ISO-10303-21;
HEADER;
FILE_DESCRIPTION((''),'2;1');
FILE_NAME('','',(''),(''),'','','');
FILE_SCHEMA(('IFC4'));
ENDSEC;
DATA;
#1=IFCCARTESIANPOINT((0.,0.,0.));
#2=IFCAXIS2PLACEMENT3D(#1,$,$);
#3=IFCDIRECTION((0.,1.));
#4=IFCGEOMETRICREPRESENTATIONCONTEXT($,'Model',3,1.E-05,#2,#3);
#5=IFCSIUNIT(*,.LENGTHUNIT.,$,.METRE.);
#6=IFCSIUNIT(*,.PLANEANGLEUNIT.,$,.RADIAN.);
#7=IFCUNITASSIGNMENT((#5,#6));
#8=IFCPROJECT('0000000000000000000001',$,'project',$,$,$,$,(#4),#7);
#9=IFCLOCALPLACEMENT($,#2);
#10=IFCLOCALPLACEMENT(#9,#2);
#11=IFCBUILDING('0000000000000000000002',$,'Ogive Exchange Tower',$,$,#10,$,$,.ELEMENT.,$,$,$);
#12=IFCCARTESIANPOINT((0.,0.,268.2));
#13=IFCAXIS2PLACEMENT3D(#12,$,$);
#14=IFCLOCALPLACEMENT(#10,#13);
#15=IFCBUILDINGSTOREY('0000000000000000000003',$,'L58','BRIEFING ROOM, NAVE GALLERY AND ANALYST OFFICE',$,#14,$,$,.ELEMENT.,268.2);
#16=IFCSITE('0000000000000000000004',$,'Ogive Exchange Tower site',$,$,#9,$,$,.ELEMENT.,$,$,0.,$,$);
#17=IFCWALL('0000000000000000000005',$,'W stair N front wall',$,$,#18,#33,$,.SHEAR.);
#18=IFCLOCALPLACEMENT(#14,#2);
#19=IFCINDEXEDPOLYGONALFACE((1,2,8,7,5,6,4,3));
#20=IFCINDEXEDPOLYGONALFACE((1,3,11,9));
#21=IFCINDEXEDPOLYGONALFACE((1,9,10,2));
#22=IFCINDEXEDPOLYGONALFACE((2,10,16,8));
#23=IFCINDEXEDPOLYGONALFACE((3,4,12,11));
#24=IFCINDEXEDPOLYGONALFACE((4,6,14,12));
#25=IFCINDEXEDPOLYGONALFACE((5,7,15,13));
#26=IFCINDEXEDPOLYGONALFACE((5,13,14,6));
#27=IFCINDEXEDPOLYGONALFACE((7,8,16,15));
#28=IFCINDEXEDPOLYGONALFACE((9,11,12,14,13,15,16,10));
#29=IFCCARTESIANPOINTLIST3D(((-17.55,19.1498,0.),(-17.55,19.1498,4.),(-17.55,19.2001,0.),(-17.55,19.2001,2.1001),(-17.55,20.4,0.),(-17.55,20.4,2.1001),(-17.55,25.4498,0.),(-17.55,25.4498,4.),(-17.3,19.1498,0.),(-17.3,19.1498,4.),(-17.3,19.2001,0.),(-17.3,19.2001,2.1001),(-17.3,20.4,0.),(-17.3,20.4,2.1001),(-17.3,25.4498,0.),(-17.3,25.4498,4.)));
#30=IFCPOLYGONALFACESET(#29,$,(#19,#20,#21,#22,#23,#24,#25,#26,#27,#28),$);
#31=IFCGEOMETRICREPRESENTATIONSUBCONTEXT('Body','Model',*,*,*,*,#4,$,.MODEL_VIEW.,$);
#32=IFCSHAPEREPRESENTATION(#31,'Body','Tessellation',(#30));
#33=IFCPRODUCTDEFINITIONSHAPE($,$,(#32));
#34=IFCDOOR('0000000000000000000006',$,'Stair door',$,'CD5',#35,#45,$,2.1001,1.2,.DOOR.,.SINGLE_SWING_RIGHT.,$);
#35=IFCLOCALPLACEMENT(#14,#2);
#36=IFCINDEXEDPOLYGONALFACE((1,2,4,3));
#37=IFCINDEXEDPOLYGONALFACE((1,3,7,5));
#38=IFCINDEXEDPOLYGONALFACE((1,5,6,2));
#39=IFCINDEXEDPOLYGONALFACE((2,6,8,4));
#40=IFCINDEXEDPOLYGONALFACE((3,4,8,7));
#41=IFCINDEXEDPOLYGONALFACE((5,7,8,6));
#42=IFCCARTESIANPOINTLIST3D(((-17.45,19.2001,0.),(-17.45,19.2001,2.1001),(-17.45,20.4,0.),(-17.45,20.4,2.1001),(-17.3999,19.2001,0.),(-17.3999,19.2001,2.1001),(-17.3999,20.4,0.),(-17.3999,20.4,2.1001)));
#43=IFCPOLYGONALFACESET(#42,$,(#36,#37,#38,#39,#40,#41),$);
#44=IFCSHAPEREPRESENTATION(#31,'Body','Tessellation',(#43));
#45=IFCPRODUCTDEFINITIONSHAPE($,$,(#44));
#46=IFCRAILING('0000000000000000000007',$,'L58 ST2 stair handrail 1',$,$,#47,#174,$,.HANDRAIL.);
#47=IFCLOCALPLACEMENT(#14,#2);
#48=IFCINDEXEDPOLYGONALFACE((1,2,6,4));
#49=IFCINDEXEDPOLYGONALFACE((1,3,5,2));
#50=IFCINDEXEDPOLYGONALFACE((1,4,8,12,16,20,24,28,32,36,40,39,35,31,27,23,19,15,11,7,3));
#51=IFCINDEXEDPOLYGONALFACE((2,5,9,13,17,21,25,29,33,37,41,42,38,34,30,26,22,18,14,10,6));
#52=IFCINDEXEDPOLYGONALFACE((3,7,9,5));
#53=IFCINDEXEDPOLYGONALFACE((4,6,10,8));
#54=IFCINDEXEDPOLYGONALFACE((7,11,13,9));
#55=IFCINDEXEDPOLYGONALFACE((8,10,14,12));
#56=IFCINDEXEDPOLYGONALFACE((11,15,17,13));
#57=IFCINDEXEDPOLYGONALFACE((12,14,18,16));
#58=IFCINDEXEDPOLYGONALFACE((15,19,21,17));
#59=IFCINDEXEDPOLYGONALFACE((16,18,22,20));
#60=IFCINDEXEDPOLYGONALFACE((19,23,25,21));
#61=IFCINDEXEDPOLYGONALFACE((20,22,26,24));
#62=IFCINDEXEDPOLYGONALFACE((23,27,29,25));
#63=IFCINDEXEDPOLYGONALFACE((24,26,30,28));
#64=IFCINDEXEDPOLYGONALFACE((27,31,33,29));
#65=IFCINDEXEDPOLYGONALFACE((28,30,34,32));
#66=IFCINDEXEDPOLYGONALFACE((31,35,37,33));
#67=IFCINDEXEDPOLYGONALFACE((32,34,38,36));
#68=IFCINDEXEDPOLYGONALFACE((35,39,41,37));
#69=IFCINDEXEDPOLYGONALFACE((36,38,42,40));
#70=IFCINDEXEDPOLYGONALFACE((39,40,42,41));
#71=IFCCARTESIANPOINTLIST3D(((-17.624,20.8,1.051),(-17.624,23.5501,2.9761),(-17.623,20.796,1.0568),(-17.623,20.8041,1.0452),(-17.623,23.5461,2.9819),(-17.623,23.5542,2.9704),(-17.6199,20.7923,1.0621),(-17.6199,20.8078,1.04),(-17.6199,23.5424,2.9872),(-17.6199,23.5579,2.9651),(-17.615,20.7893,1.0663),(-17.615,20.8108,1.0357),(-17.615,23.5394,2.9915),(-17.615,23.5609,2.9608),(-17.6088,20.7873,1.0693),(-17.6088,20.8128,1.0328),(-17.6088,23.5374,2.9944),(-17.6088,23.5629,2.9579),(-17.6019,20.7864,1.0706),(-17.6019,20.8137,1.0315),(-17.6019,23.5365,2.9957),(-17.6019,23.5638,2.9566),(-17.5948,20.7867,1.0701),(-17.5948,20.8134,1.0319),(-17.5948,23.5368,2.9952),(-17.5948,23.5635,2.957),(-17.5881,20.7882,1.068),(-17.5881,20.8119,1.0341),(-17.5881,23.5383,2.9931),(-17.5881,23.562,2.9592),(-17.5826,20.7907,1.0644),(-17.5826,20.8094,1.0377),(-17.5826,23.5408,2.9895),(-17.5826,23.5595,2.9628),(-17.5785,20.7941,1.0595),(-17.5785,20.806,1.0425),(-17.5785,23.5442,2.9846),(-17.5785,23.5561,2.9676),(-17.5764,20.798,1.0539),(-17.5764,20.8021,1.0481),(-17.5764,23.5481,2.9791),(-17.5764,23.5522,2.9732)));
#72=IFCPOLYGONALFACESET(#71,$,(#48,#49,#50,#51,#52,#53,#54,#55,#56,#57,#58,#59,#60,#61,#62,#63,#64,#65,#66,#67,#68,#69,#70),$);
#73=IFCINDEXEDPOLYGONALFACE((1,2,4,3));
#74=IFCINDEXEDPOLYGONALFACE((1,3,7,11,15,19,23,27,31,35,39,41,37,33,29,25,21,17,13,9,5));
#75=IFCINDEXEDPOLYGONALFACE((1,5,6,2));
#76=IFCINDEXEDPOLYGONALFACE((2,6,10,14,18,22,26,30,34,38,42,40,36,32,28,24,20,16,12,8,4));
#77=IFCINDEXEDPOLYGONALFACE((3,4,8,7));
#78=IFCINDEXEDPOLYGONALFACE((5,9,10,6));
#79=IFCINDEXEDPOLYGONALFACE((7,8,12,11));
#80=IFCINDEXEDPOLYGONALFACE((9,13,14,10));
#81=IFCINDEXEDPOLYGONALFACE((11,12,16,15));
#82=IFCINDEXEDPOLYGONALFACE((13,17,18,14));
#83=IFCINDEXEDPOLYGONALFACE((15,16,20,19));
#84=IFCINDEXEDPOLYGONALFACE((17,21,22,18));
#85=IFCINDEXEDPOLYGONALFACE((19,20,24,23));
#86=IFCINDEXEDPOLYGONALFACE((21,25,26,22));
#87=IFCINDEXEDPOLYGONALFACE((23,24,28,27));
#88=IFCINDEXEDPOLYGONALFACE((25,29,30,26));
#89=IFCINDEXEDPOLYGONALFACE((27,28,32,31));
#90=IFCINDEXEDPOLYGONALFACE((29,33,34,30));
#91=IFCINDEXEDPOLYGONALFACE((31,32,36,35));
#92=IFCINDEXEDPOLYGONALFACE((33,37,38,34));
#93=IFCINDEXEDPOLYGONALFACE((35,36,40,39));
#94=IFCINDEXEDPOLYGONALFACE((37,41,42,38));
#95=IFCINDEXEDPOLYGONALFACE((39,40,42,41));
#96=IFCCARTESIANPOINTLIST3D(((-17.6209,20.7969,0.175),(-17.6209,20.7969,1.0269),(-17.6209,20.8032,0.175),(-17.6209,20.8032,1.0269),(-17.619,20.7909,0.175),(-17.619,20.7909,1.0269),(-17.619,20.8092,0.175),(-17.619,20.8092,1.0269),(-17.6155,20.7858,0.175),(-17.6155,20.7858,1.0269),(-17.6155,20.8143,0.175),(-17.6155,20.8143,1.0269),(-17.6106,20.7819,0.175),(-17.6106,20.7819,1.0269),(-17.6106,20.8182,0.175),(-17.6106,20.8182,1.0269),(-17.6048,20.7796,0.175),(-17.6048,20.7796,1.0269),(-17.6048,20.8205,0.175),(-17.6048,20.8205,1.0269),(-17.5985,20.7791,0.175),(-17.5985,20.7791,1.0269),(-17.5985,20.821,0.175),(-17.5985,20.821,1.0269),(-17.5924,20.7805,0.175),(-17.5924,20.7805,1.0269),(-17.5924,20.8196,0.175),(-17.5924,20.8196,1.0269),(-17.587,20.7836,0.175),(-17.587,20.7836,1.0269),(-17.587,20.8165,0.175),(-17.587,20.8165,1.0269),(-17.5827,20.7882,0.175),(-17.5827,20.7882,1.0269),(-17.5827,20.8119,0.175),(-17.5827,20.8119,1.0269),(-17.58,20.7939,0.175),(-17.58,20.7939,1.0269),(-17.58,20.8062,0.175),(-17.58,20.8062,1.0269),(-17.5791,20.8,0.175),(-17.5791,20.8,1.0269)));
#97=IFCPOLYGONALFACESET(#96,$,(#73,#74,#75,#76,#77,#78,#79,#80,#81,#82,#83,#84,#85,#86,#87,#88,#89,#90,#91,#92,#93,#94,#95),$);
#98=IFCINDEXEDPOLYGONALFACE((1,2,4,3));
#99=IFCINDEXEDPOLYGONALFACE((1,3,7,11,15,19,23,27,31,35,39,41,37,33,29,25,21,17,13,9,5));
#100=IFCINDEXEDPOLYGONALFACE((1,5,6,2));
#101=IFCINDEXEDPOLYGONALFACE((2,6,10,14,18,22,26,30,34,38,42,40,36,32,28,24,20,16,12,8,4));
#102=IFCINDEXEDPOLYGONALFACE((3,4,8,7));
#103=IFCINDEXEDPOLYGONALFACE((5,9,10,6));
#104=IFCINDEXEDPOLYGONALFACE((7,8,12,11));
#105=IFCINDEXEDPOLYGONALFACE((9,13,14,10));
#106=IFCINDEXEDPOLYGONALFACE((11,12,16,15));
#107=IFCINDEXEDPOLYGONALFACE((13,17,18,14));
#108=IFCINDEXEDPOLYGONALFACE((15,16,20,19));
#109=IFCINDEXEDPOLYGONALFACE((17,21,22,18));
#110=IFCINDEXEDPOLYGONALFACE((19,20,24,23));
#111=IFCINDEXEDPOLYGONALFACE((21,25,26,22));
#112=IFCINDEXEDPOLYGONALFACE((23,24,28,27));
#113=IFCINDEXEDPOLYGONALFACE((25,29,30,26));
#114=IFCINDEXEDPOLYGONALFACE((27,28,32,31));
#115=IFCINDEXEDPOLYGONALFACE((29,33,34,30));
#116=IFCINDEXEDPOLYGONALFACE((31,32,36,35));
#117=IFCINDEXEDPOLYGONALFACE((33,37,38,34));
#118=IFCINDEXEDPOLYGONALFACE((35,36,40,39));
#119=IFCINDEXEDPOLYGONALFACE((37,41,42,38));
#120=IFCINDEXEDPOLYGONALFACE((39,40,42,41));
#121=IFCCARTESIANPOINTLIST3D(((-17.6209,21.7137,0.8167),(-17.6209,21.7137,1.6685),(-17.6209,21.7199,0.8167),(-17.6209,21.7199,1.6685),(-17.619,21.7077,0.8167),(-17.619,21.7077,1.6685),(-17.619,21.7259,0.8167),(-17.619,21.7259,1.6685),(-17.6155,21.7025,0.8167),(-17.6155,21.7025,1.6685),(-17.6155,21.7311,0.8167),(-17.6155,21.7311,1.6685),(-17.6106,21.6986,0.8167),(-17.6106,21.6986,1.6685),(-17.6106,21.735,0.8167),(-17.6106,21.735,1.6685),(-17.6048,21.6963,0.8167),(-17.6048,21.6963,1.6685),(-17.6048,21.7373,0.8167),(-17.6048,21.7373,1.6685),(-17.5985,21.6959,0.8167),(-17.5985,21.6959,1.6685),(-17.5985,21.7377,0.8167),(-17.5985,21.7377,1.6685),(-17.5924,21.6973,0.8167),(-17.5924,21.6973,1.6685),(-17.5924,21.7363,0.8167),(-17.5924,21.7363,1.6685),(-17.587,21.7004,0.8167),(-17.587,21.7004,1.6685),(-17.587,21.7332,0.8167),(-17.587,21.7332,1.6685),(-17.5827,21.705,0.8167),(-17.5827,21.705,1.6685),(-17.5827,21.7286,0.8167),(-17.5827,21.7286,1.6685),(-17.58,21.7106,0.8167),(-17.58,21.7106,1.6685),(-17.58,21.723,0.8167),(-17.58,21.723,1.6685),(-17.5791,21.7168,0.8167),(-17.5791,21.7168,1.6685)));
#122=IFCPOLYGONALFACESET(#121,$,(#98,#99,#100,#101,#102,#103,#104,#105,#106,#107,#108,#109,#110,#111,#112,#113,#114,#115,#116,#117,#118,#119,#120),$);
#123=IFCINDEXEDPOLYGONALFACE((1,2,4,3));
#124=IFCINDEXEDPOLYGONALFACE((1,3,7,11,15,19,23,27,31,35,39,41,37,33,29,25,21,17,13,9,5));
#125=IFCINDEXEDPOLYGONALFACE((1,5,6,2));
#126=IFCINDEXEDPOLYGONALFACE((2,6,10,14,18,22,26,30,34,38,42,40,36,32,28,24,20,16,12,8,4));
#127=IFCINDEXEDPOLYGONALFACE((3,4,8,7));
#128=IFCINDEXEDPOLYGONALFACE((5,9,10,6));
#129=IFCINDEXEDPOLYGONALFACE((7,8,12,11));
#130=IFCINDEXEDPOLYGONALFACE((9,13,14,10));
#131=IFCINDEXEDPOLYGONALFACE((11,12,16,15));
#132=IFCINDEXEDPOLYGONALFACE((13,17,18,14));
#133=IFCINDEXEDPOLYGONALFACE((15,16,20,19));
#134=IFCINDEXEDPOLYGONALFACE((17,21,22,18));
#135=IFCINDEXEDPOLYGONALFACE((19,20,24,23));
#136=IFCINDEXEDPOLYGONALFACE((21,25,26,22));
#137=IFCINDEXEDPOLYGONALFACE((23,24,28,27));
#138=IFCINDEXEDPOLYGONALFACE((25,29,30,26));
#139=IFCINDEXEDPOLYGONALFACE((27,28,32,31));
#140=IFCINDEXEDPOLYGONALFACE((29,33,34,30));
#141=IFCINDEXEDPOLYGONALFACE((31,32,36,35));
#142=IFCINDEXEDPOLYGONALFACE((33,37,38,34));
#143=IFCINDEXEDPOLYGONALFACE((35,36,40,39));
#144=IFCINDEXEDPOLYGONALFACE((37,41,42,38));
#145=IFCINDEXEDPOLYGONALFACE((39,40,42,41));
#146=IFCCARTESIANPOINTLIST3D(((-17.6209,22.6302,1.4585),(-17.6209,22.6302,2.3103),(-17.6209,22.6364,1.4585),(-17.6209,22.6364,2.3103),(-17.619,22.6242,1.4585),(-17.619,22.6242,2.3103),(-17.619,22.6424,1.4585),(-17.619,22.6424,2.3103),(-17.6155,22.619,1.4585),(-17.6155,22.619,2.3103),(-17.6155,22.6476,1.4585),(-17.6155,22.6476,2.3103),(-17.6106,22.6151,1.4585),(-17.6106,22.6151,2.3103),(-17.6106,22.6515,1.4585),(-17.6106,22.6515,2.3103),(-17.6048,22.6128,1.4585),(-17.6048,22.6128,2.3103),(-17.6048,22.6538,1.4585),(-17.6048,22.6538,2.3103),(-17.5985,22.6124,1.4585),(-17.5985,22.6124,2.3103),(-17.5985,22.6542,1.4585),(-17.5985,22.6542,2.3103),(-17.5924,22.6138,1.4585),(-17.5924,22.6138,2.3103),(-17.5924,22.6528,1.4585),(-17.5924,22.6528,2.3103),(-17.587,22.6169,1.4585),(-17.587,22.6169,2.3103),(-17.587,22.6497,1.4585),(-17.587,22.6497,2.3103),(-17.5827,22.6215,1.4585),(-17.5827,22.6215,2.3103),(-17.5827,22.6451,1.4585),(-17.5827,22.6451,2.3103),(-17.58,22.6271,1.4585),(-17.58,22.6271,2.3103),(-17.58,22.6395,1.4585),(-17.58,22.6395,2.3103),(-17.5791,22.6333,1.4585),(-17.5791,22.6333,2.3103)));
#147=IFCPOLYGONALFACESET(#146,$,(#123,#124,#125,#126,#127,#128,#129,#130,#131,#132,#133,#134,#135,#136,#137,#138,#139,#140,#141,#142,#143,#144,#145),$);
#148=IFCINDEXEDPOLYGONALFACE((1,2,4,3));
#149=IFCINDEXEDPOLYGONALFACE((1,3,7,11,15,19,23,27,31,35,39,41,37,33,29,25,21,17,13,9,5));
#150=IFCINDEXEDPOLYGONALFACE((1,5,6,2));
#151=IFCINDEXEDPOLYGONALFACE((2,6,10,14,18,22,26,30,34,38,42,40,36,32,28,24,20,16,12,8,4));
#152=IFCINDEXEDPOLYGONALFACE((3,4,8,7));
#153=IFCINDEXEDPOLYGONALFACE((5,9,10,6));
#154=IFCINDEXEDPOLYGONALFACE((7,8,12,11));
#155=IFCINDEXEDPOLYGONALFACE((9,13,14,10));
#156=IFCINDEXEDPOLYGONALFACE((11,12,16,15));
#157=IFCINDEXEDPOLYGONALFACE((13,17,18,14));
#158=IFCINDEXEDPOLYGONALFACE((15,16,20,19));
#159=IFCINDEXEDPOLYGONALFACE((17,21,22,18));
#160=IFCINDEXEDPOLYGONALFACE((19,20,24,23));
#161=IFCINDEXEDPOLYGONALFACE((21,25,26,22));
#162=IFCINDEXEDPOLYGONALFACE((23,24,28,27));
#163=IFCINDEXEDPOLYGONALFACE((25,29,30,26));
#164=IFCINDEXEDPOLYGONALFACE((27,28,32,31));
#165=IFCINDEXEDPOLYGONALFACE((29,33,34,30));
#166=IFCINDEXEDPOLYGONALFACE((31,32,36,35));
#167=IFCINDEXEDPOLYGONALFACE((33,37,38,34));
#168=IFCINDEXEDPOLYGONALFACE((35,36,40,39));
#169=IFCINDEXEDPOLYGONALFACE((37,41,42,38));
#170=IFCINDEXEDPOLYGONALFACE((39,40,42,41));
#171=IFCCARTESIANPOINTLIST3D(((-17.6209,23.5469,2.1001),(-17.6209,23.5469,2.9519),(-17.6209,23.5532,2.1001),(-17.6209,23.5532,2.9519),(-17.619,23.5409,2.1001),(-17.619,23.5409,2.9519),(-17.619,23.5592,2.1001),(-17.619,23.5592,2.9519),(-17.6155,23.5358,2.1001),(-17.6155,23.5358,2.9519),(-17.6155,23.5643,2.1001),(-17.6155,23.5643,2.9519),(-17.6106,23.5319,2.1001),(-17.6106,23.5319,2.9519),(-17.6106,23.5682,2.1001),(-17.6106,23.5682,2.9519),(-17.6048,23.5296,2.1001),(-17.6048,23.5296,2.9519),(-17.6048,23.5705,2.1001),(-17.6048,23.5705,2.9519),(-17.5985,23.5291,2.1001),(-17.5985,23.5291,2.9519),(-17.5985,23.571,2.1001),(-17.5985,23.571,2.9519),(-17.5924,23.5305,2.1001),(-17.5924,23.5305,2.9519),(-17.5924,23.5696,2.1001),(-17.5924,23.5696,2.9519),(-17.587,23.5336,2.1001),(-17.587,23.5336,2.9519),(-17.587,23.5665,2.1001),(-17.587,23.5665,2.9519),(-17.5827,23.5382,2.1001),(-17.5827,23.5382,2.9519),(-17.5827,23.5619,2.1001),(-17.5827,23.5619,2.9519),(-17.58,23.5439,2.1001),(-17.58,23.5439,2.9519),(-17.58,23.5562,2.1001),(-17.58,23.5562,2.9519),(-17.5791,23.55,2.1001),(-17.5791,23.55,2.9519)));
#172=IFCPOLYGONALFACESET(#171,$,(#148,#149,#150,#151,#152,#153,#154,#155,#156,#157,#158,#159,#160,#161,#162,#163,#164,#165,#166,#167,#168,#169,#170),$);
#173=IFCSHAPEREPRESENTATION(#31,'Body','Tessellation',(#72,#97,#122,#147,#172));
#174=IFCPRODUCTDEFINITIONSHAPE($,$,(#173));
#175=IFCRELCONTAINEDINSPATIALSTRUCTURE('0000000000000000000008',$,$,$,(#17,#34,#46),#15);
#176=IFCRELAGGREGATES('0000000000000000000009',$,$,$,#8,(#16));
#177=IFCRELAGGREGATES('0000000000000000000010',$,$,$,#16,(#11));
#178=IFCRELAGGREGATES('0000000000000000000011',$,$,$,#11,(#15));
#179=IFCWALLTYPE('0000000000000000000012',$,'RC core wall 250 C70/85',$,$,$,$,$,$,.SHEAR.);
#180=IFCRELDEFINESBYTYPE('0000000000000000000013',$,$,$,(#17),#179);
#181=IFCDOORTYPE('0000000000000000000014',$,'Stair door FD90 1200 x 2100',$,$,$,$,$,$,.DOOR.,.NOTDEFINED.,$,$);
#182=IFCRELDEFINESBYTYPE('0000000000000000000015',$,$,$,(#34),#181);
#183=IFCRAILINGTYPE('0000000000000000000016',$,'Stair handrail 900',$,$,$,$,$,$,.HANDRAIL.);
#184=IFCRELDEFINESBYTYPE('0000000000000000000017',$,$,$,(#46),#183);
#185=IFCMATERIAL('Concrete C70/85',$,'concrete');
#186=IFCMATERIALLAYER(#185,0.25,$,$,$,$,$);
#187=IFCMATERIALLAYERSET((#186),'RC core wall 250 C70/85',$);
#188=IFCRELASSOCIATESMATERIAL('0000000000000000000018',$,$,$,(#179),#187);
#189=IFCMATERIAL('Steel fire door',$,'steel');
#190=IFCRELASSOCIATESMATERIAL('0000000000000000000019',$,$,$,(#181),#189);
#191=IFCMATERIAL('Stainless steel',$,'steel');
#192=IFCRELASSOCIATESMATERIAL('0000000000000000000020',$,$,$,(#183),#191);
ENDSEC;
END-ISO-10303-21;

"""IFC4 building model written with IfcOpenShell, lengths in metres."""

from ifc_helpers import new_model, si_unit, direction, frame, frame_2d, origin, origin_2d, place, context, subcontext, project, spatial, rectangle, circle, extrude, material, layer, layer_set, type_object, element, fill, save


model = new_model("IFC4")

# Units and contexts
model_context = context("Model", 3, precision=1e-05, world=origin(), true_north=direction((0.0, 1.0)))
body_context = subcontext(model_context, "Body", "Model", "MODEL_VIEW")
ifc_project = project(units=[si_unit("LENGTHUNIT", "METRE"), si_unit("PLANEANGLEUNIT", "RADIAN")], contexts=[model_context])

# Site, building, storey
site_placement = place(None, origin())
site = spatial("IfcSite", under=ifc_project, at=site_placement, Name="Ogive Exchange Tower site", CompositionType="ELEMENT", RefElevation=0.0)
building_placement = place(site_placement, origin())
building = spatial("IfcBuilding", under=site, at=building_placement, Name="Ogive Exchange Tower", CompositionType="ELEMENT")
storey_placement = place(building_placement, frame((0.0, 0.0, 268.2)))
storey = spatial("IfcBuildingStorey", under=building, at=storey_placement, Name="L58", Description="BRIEFING ROOM, NAVE GALLERY AND ANALYST OFFICE", CompositionType="ELEMENT", Elevation=268.2)

# Wall, opening, door
ifc_material_1 = material(Name="Concrete C70/85", Category="concrete")
ifc_material_2 = material(Name="Steel fire door", Category="steel")
ifc_layer_1 = layer(ifc_material_1, 0.25)
ifc_layer_set_1 = layer_set([ifc_layer_1], Name="RC core wall 250 C70/85")
wall_type_1 = type_object("IfcWallType", Name="RC core wall 250 C70/85", PredefinedType="SHEAR", material=ifc_layer_set_1)
wall_1_placement = place(storey_placement, frame((-17.425, 19.1499, 0.0), z_axis=(0.0, 0.0, 1.0), x_axis=(0.0, 1.0, 0.0)))
wall_1 = element("IfcWall", 1, at=wall_1_placement, inside=storey, type_object=wall_type_1, Name="W stair N front wall", PredefinedType="SHEAR", context=body_context, shape_type="SweptSolid", body=[
    extrude(rectangle(XDim=6.3, YDim=0.25, at=frame_2d((3.1499, 0.0))), origin(), (0.0, 0.0, 1.0), 4.0),
])
opening_1_placement = place(wall_1_placement, frame((0.05, 0.0, 0.0)))
opening_1 = element("IfcOpeningElement", 2, at=opening_1_placement, cuts=wall_1, PredefinedType="OPENING", context=body_context, shape_type="SweptSolid", body=[
    extrude(rectangle(XDim=1.2, YDim=2.1001, at=frame_2d((0.6001, 1.05))), frame((0.0, 0.135, 0.0), z_axis=(0.0, -1.0, 0.0), x_axis=(1.0, 0.0, 0.0)), (0.0, 0.0, 1.0), 0.27),
])
door_type_1 = type_object("IfcDoorType", Name="Stair door FD90 1200 x 2100", OperationType="NOTDEFINED", PredefinedType="DOOR", material=ifc_material_2)
door_1_placement = place(opening_1_placement, origin())
door_1 = element("IfcDoor", 3, at=door_1_placement, inside=storey, type_object=door_type_1, Name="Stair door", ObjectType="CD5", OperationType="SINGLE_SWING_RIGHT", OverallHeight=2.1001, OverallWidth=1.2, PredefinedType="DOOR", context=body_context, shape_type="SweptSolid", body=[
    extrude(rectangle(XDim=1.2, YDim=2.1001, at=frame_2d((0.6001, 1.05))), frame((0.0, 0.0249, 0.0), z_axis=(0.0, -1.0, 0.0), x_axis=(1.0, 0.0, 0.0)), (0.0, 0.0, 1.0), 0.05),
])
fill(opening_1, door_1)

# Railing
ifc_material_3 = material(Name="Stainless steel", Category="steel")
railing_type = type_object("IfcRailingType", Name="Stair handrail 900", PredefinedType="HANDRAIL", material=ifc_material_3)
railing_placement = place(storey_placement, frame((-17.6001, 20.8, 0.175)))
element("IfcRailing", 4, at=railing_placement, inside=storey, type_object=railing_type, Name="L58 ST2 stair handrail 1", PredefinedType="HANDRAIL", context=body_context, shape_type="SweptSolid", body=[
    extrude(circle(Radius=0.0239, at=origin_2d()), frame((0.0, 0.0, 0.876), z_axis=(0.0, 0.819225, 0.573472), x_axis=(-1.0, 0.0, 0.0)), (0.0, 0.0, 1.0), 3.3569),
    extrude(circle(Radius=0.021, at=origin_2d()), origin(), (0.0, 0.0, 1.0), 0.8518),
    extrude(circle(Radius=0.021, at=origin_2d()), frame((0.0, 0.9167, 0.6416)), (0.0, 0.0, 1.0), 0.8518),
    extrude(circle(Radius=0.021, at=origin_2d()), frame((0.0, 1.8333, 1.2834)), (0.0, 0.0, 1.0), 0.8518),
    extrude(circle(Radius=0.021, at=origin_2d()), frame((0.0, 2.75, 1.925)), (0.0, 0.0, 1.0), 0.8518),
])

save(model, "model.ifc")
